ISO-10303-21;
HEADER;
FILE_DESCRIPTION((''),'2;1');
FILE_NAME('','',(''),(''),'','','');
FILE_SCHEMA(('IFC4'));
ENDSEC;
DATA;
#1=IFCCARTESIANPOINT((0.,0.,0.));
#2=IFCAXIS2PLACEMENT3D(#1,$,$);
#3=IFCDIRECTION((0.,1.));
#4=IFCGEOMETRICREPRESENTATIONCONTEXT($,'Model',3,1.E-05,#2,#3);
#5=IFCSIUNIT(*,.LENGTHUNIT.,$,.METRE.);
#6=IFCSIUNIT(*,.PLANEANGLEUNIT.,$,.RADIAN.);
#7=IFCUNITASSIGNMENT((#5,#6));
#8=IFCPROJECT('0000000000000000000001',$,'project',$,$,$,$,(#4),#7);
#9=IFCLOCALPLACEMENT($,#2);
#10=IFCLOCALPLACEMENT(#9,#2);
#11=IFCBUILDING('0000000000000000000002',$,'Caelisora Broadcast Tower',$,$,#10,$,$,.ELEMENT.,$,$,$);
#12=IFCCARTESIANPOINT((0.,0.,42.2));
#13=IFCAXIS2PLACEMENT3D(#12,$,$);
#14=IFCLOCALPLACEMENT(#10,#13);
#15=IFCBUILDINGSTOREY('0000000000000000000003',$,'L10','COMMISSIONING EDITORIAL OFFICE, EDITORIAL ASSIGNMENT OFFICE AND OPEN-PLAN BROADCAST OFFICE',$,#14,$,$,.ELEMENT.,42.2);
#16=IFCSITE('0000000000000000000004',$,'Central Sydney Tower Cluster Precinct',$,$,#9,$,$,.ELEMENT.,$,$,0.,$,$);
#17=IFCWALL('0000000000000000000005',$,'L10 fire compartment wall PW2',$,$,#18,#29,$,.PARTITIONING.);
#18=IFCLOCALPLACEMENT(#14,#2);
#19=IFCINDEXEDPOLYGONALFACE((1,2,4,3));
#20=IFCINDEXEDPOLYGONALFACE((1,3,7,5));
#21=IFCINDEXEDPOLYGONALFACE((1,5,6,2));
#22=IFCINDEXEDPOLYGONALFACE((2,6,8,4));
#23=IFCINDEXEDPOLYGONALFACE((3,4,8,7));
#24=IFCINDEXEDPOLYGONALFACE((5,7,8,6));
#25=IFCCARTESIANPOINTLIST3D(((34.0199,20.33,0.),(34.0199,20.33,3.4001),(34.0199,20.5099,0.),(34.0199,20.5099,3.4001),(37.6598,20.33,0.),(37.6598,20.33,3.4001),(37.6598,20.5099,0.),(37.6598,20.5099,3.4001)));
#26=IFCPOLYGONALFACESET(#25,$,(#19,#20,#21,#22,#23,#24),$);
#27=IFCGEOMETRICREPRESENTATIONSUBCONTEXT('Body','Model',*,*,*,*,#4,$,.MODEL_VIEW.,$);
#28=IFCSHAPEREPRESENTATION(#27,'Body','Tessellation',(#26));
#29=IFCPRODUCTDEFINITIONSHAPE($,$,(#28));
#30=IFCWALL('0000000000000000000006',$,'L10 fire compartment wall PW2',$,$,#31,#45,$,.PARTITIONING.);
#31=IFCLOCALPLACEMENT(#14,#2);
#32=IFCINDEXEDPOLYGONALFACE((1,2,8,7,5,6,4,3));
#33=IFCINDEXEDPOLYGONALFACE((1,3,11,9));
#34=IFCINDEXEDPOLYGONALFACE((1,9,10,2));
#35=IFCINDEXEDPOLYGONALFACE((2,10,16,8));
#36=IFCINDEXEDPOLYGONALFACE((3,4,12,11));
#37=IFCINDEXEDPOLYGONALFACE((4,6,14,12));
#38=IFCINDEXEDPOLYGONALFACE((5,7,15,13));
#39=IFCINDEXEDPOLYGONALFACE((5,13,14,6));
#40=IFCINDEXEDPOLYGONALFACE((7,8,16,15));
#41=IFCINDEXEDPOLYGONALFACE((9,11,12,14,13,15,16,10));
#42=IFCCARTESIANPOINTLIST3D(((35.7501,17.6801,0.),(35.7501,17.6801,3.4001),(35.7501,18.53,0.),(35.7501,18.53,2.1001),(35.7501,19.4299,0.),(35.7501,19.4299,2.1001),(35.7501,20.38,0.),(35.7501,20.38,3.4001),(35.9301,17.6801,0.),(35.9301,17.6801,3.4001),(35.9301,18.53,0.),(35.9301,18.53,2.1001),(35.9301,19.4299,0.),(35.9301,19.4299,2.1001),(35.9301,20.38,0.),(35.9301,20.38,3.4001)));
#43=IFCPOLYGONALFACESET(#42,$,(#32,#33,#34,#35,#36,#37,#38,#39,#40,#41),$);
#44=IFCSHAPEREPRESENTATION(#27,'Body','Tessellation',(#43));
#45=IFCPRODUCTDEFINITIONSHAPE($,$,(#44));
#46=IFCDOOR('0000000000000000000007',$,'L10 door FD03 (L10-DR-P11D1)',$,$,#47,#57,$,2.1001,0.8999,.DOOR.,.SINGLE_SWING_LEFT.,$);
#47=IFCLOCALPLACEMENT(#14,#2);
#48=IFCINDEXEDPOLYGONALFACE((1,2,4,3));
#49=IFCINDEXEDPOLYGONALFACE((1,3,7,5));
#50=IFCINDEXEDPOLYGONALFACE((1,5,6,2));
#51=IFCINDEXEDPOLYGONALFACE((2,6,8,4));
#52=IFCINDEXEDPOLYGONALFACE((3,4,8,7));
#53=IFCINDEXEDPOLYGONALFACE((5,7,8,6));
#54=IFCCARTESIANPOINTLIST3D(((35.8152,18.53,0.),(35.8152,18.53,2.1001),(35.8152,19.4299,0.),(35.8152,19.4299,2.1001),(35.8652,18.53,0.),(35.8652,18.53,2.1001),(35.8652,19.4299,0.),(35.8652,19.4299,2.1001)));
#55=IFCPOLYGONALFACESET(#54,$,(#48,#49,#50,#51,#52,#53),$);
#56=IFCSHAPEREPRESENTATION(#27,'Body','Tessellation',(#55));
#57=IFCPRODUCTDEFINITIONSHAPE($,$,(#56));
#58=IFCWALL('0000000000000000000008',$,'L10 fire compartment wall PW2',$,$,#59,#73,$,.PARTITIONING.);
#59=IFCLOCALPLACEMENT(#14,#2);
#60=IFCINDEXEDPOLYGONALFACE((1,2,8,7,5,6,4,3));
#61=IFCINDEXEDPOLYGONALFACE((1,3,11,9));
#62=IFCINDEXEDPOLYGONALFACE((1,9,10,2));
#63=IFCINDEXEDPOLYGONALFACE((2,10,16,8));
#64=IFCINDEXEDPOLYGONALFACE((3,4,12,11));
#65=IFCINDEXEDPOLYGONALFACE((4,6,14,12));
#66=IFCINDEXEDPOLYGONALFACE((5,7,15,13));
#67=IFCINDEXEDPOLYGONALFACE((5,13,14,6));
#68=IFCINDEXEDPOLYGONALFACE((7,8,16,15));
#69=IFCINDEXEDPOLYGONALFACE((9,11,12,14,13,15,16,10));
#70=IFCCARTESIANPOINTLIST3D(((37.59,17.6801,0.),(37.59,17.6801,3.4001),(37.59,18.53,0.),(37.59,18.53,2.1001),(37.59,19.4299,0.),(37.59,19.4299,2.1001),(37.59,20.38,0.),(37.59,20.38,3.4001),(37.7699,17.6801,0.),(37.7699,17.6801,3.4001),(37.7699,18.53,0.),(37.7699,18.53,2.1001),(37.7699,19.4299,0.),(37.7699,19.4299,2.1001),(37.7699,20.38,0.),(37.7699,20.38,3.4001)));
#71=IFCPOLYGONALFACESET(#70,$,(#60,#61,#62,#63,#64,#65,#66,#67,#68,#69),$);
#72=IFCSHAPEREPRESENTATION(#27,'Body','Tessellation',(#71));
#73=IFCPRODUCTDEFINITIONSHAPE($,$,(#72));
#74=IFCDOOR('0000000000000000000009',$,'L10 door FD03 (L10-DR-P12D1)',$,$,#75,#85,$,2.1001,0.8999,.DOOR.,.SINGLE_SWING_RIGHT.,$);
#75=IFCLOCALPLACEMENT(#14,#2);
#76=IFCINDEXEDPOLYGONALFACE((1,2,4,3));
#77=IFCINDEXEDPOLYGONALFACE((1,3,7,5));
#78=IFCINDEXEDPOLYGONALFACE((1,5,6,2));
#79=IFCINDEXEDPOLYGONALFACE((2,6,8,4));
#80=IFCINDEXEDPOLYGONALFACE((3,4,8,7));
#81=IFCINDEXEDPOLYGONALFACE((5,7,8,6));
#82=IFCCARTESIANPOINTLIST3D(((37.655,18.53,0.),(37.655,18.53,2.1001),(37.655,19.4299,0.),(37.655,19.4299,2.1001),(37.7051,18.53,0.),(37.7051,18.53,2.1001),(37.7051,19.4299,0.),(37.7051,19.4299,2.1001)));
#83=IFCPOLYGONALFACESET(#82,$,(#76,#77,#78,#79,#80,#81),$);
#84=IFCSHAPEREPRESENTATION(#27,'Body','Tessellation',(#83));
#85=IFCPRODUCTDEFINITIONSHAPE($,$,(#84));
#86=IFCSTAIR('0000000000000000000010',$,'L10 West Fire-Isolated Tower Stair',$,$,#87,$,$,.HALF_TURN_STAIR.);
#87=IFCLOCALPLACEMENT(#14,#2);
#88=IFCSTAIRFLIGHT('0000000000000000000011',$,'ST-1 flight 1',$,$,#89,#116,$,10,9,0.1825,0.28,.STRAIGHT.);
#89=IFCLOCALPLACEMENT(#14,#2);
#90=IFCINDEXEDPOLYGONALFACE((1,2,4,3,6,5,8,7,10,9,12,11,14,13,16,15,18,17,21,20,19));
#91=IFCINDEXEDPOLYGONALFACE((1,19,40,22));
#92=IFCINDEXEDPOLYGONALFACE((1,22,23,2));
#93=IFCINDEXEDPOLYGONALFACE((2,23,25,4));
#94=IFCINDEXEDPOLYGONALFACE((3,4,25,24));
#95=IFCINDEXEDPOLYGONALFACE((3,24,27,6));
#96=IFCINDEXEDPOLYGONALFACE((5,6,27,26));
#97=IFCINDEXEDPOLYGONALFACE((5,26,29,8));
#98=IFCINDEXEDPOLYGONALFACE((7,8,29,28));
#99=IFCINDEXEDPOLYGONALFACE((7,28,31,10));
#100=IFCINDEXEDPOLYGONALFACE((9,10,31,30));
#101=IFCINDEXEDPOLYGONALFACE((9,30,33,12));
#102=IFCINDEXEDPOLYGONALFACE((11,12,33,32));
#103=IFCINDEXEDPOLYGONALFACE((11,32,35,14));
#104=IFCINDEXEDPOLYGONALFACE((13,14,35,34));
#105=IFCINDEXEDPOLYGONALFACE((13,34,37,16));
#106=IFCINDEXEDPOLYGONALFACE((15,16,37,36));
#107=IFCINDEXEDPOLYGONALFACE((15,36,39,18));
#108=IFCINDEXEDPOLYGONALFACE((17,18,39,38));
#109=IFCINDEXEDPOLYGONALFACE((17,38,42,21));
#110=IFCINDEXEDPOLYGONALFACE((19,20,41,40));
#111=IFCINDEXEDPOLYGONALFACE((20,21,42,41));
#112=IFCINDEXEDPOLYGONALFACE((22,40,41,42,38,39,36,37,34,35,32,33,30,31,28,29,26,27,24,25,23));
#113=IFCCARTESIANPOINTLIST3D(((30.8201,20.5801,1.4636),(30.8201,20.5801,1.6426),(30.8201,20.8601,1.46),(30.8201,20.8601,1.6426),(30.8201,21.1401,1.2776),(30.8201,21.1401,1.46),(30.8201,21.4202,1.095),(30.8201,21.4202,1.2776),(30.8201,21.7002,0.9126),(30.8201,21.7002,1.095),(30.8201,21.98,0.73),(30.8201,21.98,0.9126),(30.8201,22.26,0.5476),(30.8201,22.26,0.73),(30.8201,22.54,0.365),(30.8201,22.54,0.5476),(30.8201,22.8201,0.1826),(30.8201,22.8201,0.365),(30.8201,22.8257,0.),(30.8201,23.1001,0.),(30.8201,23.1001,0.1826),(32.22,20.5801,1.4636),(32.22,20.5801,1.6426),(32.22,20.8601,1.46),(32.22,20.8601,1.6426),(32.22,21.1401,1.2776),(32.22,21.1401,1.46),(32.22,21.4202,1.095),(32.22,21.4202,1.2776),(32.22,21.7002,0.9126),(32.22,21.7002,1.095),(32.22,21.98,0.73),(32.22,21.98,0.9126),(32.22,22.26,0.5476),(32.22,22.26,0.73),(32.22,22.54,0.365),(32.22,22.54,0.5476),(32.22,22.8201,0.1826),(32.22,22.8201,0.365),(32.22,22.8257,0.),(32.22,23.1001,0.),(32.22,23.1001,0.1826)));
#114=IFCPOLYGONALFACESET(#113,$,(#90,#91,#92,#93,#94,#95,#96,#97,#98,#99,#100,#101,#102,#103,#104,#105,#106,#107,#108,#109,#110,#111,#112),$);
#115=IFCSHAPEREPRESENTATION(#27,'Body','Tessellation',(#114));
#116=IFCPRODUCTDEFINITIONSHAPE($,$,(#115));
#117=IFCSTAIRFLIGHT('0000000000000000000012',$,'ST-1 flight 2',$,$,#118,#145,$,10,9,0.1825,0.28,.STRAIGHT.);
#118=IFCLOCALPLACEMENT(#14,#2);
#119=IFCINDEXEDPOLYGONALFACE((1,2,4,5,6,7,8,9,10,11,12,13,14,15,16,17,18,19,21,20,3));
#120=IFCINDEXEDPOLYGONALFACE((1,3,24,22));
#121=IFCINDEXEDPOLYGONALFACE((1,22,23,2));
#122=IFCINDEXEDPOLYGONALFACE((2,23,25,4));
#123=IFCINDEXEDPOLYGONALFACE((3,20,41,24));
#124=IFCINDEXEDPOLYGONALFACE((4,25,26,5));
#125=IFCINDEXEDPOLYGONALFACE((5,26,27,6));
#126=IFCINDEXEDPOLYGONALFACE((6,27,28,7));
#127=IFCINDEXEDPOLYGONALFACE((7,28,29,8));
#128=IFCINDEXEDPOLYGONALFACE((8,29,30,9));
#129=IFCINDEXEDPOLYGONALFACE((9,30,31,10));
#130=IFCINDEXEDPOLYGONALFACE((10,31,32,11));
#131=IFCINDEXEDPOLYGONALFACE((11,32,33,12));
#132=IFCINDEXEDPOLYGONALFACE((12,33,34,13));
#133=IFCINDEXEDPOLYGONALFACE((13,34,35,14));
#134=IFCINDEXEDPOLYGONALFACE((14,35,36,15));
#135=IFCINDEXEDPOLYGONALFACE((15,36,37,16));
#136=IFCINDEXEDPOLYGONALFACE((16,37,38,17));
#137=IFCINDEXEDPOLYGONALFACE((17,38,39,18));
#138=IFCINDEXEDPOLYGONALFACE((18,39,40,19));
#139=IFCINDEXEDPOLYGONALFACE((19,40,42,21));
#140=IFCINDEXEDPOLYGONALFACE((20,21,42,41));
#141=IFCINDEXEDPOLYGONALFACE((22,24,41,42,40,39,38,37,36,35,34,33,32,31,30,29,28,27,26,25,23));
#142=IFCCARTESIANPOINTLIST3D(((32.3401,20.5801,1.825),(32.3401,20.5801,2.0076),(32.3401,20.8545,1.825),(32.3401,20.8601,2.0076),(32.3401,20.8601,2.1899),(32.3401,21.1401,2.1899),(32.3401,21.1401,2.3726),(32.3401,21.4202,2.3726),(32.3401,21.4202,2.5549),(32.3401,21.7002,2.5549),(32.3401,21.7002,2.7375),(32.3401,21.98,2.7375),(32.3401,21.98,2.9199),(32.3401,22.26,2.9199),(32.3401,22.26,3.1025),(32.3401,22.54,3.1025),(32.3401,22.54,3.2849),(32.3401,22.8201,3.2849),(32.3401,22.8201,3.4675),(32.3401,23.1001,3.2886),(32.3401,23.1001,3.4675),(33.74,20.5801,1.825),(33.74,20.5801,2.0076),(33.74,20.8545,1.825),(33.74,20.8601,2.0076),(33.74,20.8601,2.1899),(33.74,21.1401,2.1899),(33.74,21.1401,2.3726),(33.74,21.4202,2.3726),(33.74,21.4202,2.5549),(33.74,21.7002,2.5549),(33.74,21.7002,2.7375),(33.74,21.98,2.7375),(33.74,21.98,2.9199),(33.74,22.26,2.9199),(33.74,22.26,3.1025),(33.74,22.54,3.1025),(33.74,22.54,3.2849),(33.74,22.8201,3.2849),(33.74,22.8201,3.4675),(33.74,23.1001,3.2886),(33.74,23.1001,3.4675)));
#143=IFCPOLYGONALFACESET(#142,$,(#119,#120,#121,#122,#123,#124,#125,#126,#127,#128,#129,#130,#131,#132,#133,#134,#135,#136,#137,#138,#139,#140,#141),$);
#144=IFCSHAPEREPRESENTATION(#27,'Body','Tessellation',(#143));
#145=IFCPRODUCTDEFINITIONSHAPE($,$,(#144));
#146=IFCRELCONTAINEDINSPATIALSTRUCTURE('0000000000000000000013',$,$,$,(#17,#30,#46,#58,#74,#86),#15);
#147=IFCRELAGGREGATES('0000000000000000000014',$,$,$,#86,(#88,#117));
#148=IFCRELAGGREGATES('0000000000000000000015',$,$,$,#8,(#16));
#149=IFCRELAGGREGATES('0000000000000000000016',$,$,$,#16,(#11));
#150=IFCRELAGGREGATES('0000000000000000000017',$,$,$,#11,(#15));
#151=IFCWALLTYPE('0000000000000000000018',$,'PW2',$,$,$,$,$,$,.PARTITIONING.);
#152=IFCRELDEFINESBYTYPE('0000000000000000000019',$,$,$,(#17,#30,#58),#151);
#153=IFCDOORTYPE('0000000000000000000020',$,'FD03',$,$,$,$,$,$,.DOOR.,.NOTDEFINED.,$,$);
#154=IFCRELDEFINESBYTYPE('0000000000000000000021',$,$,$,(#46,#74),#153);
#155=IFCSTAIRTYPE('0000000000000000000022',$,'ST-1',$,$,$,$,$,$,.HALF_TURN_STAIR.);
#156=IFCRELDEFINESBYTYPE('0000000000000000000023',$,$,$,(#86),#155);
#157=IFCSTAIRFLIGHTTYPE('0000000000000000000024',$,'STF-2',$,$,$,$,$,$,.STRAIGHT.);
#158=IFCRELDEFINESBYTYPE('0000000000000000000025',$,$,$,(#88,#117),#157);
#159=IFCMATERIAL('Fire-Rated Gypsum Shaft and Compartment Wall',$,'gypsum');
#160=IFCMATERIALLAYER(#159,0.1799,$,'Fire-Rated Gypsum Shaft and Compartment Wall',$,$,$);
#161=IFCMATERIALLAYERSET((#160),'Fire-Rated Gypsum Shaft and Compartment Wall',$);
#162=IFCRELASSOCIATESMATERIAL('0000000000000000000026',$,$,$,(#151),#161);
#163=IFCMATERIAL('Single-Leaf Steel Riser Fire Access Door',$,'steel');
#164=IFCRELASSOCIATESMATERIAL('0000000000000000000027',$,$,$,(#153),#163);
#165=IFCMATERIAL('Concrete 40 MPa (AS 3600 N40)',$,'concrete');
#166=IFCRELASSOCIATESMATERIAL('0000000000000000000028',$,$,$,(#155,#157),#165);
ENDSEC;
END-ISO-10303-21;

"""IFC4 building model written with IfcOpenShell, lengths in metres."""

from ifc_helpers import new_model, si_unit, direction, frame, frame_2d, origin, place, context, subcontext, project, spatial, polyline, rectangle, outline, extrude, material, layer, layer_set, type_object, element, fill, aggregate, save


model = new_model("IFC4")

# Units and contexts
model_context = context("Model", 3, precision=1e-05, world=origin(), true_north=direction((0.0, 1.0)))
body_context = subcontext(model_context, "Body", "Model", "MODEL_VIEW")
ifc_project = project(units=[si_unit("LENGTHUNIT", "METRE"), si_unit("PLANEANGLEUNIT", "RADIAN")], contexts=[model_context])

# Site, building, storey
site_placement = place(None, origin())
site = spatial("IfcSite", under=ifc_project, at=site_placement, Name="Central Sydney Tower Cluster Precinct", CompositionType="ELEMENT", RefElevation=0.0)
building_placement = place(site_placement, origin())
building = spatial("IfcBuilding", under=site, at=building_placement, Name="Caelisora Broadcast Tower", CompositionType="ELEMENT")
storey_placement = place(building_placement, frame((0.0, 0.0, 42.2)))
storey = spatial("IfcBuildingStorey", under=building, at=storey_placement, Name="L10", Description="COMMISSIONING EDITORIAL OFFICE, EDITORIAL ASSIGNMENT OFFICE AND OPEN-PLAN BROADCAST OFFICE", CompositionType="ELEMENT", Elevation=42.2)

# Shared definitions
ifc_material_1 = material(Name="Fire-Rated Gypsum Shaft and Compartment Wall", Category="gypsum")
ifc_layer_1 = layer(ifc_material_1, 0.1799, Name="Fire-Rated Gypsum Shaft and Compartment Wall")
ifc_layer_set_1 = layer_set([ifc_layer_1], Name="Fire-Rated Gypsum Shaft and Compartment Wall")
wall_type_1 = type_object("IfcWallType", Name="PW2", PredefinedType="PARTITIONING", material=ifc_layer_set_1)

# Wall
wall_1_placement = place(storey_placement, frame((34.02, 20.4199, 0.0), z_axis=(0.0, 0.0, 1.0), x_axis=(1.0, 0.0, 0.0)))
element("IfcWall", 1, at=wall_1_placement, inside=storey, type_object=wall_type_1, Name="L10 fire compartment wall PW2", PredefinedType="PARTITIONING", context=body_context, shape_type="SweptSolid", body=[
    extrude(rectangle(XDim=3.6399, YDim=0.1799, at=frame_2d((1.8198, 0.0))), origin(), (0.0, 0.0, 1.0), 3.4001),
])

# Walls, openings, doors
wall_2_placement = place(storey_placement, frame((35.8401, 17.6799, 0.0), z_axis=(0.0, 0.0, 1.0), x_axis=(0.0, 1.0, 0.0)))
wall_2 = element("IfcWall", 2, at=wall_2_placement, inside=storey, type_object=wall_type_1, Name="L10 fire compartment wall PW2", PredefinedType="PARTITIONING", context=body_context, shape_type="SweptSolid", body=[
    extrude(rectangle(XDim=2.7, YDim=0.1799, at=frame_2d((1.3501, 0.0))), origin(), (0.0, 0.0, 1.0), 3.4001),
])
opening_1_placement = place(wall_2_placement, frame((0.8501, 0.0, 0.0)))
opening_1 = element("IfcOpeningElement", 3, at=opening_1_placement, cuts=wall_2, PredefinedType="OPENING", context=body_context, shape_type="SweptSolid", body=[
    extrude(rectangle(XDim=0.8999, YDim=2.1001, at=frame_2d((0.45, 1.05))), frame((0.0, 0.1021, 0.0), z_axis=(0.0, -1.0, 0.0), x_axis=(1.0, 0.0, 0.0)), (0.0, 0.0, 1.0), 0.2039),
])
ifc_material_2 = material(Name="Single-Leaf Steel Riser Fire Access Door", Category="steel")
door_type_1 = type_object("IfcDoorType", Name="FD03", OperationType="NOTDEFINED", PredefinedType="DOOR", material=ifc_material_2)
door_1_placement = place(opening_1_placement, origin())
door_1 = element("IfcDoor", 4, at=door_1_placement, inside=storey, type_object=door_type_1, Name="L10 door FD03 (L10-DR-P11D1)", OperationType="SINGLE_SWING_LEFT", OverallHeight=2.1001, OverallWidth=0.8999, PredefinedType="DOOR", context=body_context, shape_type="SweptSolid", body=[
    extrude(rectangle(XDim=0.8999, YDim=2.1001, at=frame_2d((0.45, 1.05))), frame((0.0, 0.0249, 0.0), z_axis=(0.0, -1.0, 0.0), x_axis=(1.0, 0.0, 0.0)), (0.0, 0.0, 1.0), 0.05),
])
fill(opening_1, door_1)
wall_3_placement = place(storey_placement, frame((37.6799, 17.6799, 0.0), z_axis=(0.0, 0.0, 1.0), x_axis=(0.0, 1.0, 0.0)))
wall_3 = element("IfcWall", 5, at=wall_3_placement, inside=storey, type_object=wall_type_1, Name="L10 fire compartment wall PW2", PredefinedType="PARTITIONING", context=body_context, shape_type="SweptSolid", body=[
    extrude(rectangle(XDim=2.7, YDim=0.1799, at=frame_2d((1.3501, 0.0))), origin(), (0.0, 0.0, 1.0), 3.4001),
])
opening_2_placement = place(wall_3_placement, frame((0.8501, 0.0, 0.0)))
opening_2 = element("IfcOpeningElement", 6, at=opening_2_placement, cuts=wall_3, PredefinedType="OPENING", context=body_context, shape_type="SweptSolid", body=[
    extrude(rectangle(XDim=0.8999, YDim=2.1001, at=frame_2d((0.45, 1.05))), frame((0.0, 0.1021, 0.0), z_axis=(0.0, -1.0, 0.0), x_axis=(1.0, 0.0, 0.0)), (0.0, 0.0, 1.0), 0.2039),
])
door_2_placement = place(opening_2_placement, origin())
door_2 = element("IfcDoor", 7, at=door_2_placement, inside=storey, type_object=door_type_1, Name="L10 door FD03 (L10-DR-P12D1)", OperationType="SINGLE_SWING_RIGHT", OverallHeight=2.1001, OverallWidth=0.8999, PredefinedType="DOOR", context=body_context, shape_type="SweptSolid", body=[
    extrude(rectangle(XDim=0.8999, YDim=2.1001, at=frame_2d((0.45, 1.05))), frame((0.0, 0.0249, 0.0), z_axis=(0.0, -1.0, 0.0), x_axis=(1.0, 0.0, 0.0)), (0.0, 0.0, 1.0), 0.05),
])
fill(opening_2, door_2)

# Stair, stair flights
ifc_material_3 = material(Name="Concrete 40 MPa (AS 3600 N40)", Category="concrete")
stair_type = type_object("IfcStairType", Name="ST-1", PredefinedType="HALF_TURN_STAIR", material=ifc_material_3)
stair_placement = place(storey_placement, origin())
stair = element("IfcStair", 8, at=stair_placement, inside=storey, type_object=stair_type, Name="L10 West Fire-Isolated Tower Stair", PredefinedType="HALF_TURN_STAIR")
stair_flight_type = type_object("IfcStairFlightType", Name="STF-2", PredefinedType="STRAIGHT", material=ifc_material_3)
stair_flight_1_placement = place(storey_placement, frame((31.52, 23.1001, 0.0), z_axis=(0.0, 0.0, 1.0), x_axis=(0.0, -1.0, 0.0)))
stair_flight_1 = element("IfcStairFlight", 9, at=stair_flight_1_placement, type_object=stair_flight_type, Name="ST-1 flight 1", NumberOfRisers=10, NumberOfTreads=9, PredefinedType="STRAIGHT", RiserHeight=0.1825, TreadLength=0.28, context=body_context, shape_type="SweptSolid", body=[
    extrude(outline(polyline([(0.0, 0.0), (0.0, 0.1826), (0.28, 0.1826), (0.28, 0.365), (0.5601, 0.365), (0.5601, 0.5476), (0.8401, 0.5476), (0.8401, 0.73), (1.1201, 0.73), (1.1201, 0.9126), (1.3999, 0.9126), (1.3999, 1.095), (1.6799, 1.095), (1.6799, 1.2776), (1.96, 1.2776), (1.96, 1.46), (2.24, 1.46), (2.24, 1.6426), (2.52, 1.6426), (2.52, 1.825), (2.52, 1.4636), (0.2744, 0.0), (0.0, 0.0)])), frame((0.0, 0.7, 0.0), z_axis=(0.0, -1.0, 0.0), x_axis=(1.0, 0.0, 0.0)), (0.0, 0.0, 1.0), 1.3999),
])
stair_flight_2_placement = place(storey_placement, frame((33.04, 20.5801, 1.825), z_axis=(0.0, 0.0, 1.0), x_axis=(0.0, 1.0, 0.0)))
stair_flight_2 = element("IfcStairFlight", 10, at=stair_flight_2_placement, type_object=stair_flight_type, Name="ST-1 flight 2", NumberOfRisers=10, NumberOfTreads=9, PredefinedType="STRAIGHT", RiserHeight=0.1825, TreadLength=0.28, context=body_context, shape_type="SweptSolid", body=[
    extrude(outline(polyline([(0.0, 0.0), (0.0, 0.1826), (0.28, 0.1826), (0.28, 0.365), (0.5601, 0.365), (0.5601, 0.5476), (0.8401, 0.5476), (0.8401, 0.73), (1.1201, 0.73), (1.1201, 0.9126), (1.3999, 0.9126), (1.3999, 1.095), (1.6799, 1.095), (1.6799, 1.2776), (1.96, 1.2776), (1.96, 1.46), (2.24, 1.46), (2.24, 1.6426), (2.52, 1.6426), (2.52, 1.825), (2.52, 1.4636), (0.2744, 0.0), (0.0, 0.0)])), frame((0.0, 0.7, 0.0), z_axis=(0.0, -1.0, 0.0), x_axis=(1.0, 0.0, 0.0)), (0.0, 0.0, 1.0), 1.3999),
])
aggregate(stair, [stair_flight_1, stair_flight_2])

save(model, "model.ifc")
